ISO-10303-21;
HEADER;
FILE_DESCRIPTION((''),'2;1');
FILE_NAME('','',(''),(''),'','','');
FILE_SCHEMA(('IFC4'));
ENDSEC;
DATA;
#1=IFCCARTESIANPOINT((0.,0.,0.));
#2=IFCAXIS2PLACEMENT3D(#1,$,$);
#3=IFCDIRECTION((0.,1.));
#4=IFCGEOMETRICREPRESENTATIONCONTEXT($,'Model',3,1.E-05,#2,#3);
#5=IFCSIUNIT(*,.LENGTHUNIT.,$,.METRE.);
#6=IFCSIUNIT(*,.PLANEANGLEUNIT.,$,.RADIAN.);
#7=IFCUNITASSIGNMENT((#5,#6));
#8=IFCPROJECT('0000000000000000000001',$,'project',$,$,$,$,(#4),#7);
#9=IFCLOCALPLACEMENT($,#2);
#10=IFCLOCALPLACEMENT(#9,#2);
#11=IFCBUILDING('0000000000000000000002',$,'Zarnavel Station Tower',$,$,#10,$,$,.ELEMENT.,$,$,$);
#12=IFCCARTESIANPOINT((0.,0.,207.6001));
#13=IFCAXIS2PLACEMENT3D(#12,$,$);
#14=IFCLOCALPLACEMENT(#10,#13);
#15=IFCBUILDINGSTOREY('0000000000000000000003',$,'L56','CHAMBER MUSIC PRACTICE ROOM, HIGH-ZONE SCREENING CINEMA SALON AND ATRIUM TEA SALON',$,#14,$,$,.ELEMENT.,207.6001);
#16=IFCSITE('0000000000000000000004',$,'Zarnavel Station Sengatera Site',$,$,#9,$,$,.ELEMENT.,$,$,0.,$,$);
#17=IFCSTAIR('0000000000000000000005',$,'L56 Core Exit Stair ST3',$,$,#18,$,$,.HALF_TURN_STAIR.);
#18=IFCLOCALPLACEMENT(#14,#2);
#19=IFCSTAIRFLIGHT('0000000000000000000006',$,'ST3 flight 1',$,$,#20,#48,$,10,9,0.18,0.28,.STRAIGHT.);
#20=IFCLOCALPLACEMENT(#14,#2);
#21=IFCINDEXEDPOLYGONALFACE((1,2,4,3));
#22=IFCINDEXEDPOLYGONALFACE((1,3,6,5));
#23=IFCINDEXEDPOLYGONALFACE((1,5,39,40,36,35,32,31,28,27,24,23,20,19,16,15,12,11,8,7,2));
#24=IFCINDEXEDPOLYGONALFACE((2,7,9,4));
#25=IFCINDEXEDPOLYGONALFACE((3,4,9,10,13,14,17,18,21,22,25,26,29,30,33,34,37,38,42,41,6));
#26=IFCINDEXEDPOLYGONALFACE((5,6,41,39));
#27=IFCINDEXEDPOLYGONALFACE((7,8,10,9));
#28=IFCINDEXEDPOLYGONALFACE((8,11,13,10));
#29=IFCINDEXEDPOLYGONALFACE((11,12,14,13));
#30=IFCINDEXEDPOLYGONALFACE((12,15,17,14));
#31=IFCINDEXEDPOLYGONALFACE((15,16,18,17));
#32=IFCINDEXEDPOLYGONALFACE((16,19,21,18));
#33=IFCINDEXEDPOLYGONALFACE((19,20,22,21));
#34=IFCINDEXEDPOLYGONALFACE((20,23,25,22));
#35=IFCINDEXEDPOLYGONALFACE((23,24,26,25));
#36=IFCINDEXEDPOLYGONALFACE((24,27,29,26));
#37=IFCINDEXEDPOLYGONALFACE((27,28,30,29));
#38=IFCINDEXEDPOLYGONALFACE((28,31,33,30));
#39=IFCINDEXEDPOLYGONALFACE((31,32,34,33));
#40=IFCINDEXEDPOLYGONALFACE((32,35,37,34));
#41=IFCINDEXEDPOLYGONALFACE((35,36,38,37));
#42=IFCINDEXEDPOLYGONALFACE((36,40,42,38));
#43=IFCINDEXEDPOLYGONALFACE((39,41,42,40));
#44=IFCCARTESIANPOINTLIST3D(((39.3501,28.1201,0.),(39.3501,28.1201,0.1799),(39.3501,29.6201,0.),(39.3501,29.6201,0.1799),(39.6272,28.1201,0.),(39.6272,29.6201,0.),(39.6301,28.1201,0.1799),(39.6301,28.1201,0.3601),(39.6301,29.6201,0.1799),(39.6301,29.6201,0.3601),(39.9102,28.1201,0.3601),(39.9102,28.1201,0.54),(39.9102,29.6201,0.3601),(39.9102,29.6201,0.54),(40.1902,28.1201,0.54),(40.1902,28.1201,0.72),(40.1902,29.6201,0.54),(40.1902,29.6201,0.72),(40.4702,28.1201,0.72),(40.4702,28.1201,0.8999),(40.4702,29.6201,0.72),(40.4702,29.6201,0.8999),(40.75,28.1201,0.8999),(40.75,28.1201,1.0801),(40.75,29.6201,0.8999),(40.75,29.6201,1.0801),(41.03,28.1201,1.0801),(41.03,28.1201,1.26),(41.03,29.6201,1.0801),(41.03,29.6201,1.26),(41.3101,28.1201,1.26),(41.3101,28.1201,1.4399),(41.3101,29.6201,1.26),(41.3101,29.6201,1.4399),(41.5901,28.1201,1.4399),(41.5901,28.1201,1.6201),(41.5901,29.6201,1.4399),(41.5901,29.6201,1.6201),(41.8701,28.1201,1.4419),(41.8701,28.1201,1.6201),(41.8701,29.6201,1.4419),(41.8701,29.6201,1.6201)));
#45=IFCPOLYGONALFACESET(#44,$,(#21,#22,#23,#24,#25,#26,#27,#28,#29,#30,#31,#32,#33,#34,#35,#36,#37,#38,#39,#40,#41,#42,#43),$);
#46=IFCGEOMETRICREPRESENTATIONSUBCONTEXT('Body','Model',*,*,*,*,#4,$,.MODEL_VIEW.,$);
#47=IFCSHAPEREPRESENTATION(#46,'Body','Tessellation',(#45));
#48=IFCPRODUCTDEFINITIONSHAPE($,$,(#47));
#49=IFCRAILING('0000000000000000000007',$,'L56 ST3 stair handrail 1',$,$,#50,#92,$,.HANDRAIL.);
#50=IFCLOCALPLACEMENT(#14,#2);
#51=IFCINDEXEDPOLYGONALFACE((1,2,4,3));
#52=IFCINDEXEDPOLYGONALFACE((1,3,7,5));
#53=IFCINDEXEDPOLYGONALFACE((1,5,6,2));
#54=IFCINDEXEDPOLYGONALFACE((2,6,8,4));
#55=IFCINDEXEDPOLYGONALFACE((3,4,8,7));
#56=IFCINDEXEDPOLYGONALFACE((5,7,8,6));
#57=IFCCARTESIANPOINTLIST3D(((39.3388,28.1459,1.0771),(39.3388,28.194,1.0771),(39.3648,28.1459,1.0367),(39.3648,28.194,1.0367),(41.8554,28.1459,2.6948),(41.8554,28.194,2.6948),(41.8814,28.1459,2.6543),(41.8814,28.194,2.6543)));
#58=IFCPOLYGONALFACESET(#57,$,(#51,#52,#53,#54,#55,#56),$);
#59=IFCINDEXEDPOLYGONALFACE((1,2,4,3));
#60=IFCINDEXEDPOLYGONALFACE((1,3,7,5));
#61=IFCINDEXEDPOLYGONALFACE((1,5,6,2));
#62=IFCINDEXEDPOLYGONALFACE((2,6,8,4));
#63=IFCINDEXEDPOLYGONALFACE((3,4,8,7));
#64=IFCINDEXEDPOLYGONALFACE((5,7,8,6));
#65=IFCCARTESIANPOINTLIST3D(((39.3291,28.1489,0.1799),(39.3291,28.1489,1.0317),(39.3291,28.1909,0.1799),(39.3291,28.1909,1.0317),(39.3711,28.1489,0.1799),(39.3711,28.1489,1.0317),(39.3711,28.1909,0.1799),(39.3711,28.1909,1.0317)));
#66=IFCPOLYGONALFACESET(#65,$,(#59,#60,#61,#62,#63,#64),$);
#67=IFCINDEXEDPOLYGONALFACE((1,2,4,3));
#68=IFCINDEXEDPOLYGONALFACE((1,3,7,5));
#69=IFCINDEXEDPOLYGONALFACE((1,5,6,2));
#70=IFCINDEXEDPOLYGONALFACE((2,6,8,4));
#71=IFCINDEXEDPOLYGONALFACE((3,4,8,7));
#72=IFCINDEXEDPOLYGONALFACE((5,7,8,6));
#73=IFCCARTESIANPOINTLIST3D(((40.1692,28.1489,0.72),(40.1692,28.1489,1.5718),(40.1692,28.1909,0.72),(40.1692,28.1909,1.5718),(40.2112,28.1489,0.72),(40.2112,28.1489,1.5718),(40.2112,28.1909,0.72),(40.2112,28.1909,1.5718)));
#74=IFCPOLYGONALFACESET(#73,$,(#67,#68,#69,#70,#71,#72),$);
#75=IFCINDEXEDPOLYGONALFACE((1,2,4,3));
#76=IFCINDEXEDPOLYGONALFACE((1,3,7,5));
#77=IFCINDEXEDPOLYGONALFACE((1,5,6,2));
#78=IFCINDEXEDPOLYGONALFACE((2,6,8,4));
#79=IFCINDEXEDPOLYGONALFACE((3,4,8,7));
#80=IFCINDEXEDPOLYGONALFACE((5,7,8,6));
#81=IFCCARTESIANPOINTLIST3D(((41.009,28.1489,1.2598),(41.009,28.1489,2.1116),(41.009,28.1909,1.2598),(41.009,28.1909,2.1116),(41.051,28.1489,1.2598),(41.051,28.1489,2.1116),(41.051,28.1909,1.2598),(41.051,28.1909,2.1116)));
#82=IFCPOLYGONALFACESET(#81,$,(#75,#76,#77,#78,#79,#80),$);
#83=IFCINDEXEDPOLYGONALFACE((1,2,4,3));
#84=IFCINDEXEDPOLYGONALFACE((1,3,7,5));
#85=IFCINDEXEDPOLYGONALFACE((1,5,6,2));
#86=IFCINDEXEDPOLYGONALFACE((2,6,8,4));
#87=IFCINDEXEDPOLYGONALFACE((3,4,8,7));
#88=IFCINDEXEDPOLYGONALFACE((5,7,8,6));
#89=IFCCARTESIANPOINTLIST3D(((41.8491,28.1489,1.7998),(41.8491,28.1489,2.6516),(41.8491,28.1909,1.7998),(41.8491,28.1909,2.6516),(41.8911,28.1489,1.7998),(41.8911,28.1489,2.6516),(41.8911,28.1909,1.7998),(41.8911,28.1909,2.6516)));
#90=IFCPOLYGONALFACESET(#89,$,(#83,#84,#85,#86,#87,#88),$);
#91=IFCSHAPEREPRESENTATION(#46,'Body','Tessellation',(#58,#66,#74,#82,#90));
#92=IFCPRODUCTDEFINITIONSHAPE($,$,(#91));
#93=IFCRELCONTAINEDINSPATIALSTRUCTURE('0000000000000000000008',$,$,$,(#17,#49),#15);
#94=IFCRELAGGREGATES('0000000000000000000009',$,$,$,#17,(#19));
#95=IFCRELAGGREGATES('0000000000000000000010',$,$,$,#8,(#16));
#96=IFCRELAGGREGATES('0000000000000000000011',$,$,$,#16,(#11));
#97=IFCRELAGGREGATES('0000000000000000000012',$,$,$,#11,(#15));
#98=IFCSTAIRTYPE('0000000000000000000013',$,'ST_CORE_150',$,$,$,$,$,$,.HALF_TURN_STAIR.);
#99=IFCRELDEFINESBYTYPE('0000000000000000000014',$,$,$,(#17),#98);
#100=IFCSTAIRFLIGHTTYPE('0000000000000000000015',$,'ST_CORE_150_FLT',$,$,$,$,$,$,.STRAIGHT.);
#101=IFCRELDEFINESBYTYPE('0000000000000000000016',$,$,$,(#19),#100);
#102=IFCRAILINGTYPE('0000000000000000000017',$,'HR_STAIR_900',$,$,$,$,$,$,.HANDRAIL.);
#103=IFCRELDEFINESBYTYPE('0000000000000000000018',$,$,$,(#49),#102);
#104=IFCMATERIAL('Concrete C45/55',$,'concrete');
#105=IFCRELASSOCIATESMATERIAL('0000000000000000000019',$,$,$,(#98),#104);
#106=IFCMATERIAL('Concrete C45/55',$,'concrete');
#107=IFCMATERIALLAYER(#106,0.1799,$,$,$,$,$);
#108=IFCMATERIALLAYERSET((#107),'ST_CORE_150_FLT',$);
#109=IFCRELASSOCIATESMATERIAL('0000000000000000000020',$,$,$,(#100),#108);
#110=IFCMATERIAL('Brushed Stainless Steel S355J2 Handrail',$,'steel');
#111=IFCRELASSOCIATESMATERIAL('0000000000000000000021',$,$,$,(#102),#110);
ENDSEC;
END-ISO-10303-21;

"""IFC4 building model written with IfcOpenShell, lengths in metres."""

from ifc_helpers import new_model, si_unit, direction, frame, origin, origin_2d, place, context, subcontext, project, spatial, polyline, rectangle, outline, extrude, material, layer, layer_set, type_object, element, aggregate, save


model = new_model("IFC4")

# Units and contexts
model_context = context("Model", 3, precision=1e-05, world=origin(), true_north=direction((0.0, 1.0)))
body_context = subcontext(model_context, "Body", "Model", "MODEL_VIEW")
ifc_project = project(units=[si_unit("LENGTHUNIT", "METRE"), si_unit("PLANEANGLEUNIT", "RADIAN")], contexts=[model_context])

# Site, building, storey
site_placement = place(None, origin())
site = spatial("IfcSite", under=ifc_project, at=site_placement, Name="Zarnavel Station Sengatera Site", CompositionType="ELEMENT", RefElevation=0.0)
building_placement = place(site_placement, origin())
building = spatial("IfcBuilding", under=site, at=building_placement, Name="Zarnavel Station Tower", CompositionType="ELEMENT")
storey_placement = place(building_placement, frame((0.0, 0.0, 207.6001)))
storey = spatial("IfcBuildingStorey", under=building, at=storey_placement, Name="L56", Description="CHAMBER MUSIC PRACTICE ROOM, HIGH-ZONE SCREENING CINEMA SALON AND ATRIUM TEA SALON", CompositionType="ELEMENT", Elevation=207.6001)

# Stair, stair flight
ifc_material_1 = material(Name="Concrete C45/55", Category="concrete")
stair_type = type_object("IfcStairType", Name="ST_CORE_150", PredefinedType="HALF_TURN_STAIR", material=ifc_material_1)
stair_placement = place(storey_placement, origin())
stair = element("IfcStair", 1, at=stair_placement, inside=storey, type_object=stair_type, Name="L56 Core Exit Stair ST3", PredefinedType="HALF_TURN_STAIR")
ifc_material_2 = material(Name="Concrete C45/55", Category="concrete")
ifc_layer_1 = layer(ifc_material_2, 0.1799)
ifc_layer_set_1 = layer_set([ifc_layer_1], Name="ST_CORE_150_FLT")
stair_flight_type = type_object("IfcStairFlightType", Name="ST_CORE_150_FLT", PredefinedType="STRAIGHT", material=ifc_layer_set_1)
stair_flight_placement = place(storey_placement, frame((39.3501, 28.8701, 0.0), z_axis=(0.0, 0.0, 1.0), x_axis=(1.0, 0.0, 0.0)))
stair_flight = element("IfcStairFlight", 2, at=stair_flight_placement, type_object=stair_flight_type, Name="ST3 flight 1", NumberOfRisers=10, NumberOfTreads=9, PredefinedType="STRAIGHT", RiserHeight=0.18, TreadLength=0.28, context=body_context, shape_type="SweptSolid", body=[
    extrude(outline(polyline([(0.0, 0.0), (0.0, 0.1799), (0.28, 0.1799), (0.28, 0.3601), (0.5601, 0.3601), (0.5601, 0.54), (0.8401, 0.54), (0.8401, 0.72), (1.1201, 0.72), (1.1201, 0.8999), (1.3999, 0.8999), (1.3999, 1.0801), (1.6799, 1.0801), (1.6799, 1.26), (1.96, 1.26), (1.96, 1.4399), (2.24, 1.4399), (2.24, 1.6201), (2.52, 1.6201), (2.52, 1.8), (2.52, 1.4419), (0.2771, 0.0), (0.0, 0.0)])), frame((0.0, 0.75, 0.0), z_axis=(0.0, -1.0, 0.0), x_axis=(1.0, 0.0, 0.0)), (0.0, 0.0, 1.0), 1.5),
])
aggregate(stair, [stair_flight])

# Railing
ifc_material_3 = material(Name="Brushed Stainless Steel S355J2 Handrail", Category="steel")
railing_type = type_object("IfcRailingType", Name="HR_STAIR_900", PredefinedType="HANDRAIL", material=ifc_material_3)
railing_placement = place(storey_placement, frame((39.3501, 28.1699, 0.1799)))
element("IfcRailing", 3, at=railing_placement, inside=storey, type_object=railing_type, Name="L56 ST3 stair handrail 1", PredefinedType="HANDRAIL", context=body_context, shape_type="SweptSolid", body=[
    extrude(rectangle(XDim=0.0481, YDim=0.0481, at=origin_2d()), frame((0.0017, 0.0, 0.877), z_axis=(0.8412, 0.0, 0.540725), x_axis=(0.0, 1.0, 0.0)), (0.0, 0.0, 1.0), 2.9917),
    extrude(rectangle(XDim=0.042, YDim=0.042, at=origin_2d()), origin(), (0.0, 0.0, 1.0), 0.8518),
    extrude(rectangle(XDim=0.042, YDim=0.042, at=origin_2d()), frame((0.8401, 0.0, 0.54)), (0.0, 0.0, 1.0), 0.8518),
    extrude(rectangle(XDim=0.042, YDim=0.042, at=origin_2d()), frame((1.6799, 0.0, 1.0798)), (0.0, 0.0, 1.0), 0.8518),
    extrude(rectangle(XDim=0.042, YDim=0.042, at=origin_2d()), frame((2.52, 0.0, 1.6199)), (0.0, 0.0, 1.0), 0.8518),
])

save(model, "model.ifc")
